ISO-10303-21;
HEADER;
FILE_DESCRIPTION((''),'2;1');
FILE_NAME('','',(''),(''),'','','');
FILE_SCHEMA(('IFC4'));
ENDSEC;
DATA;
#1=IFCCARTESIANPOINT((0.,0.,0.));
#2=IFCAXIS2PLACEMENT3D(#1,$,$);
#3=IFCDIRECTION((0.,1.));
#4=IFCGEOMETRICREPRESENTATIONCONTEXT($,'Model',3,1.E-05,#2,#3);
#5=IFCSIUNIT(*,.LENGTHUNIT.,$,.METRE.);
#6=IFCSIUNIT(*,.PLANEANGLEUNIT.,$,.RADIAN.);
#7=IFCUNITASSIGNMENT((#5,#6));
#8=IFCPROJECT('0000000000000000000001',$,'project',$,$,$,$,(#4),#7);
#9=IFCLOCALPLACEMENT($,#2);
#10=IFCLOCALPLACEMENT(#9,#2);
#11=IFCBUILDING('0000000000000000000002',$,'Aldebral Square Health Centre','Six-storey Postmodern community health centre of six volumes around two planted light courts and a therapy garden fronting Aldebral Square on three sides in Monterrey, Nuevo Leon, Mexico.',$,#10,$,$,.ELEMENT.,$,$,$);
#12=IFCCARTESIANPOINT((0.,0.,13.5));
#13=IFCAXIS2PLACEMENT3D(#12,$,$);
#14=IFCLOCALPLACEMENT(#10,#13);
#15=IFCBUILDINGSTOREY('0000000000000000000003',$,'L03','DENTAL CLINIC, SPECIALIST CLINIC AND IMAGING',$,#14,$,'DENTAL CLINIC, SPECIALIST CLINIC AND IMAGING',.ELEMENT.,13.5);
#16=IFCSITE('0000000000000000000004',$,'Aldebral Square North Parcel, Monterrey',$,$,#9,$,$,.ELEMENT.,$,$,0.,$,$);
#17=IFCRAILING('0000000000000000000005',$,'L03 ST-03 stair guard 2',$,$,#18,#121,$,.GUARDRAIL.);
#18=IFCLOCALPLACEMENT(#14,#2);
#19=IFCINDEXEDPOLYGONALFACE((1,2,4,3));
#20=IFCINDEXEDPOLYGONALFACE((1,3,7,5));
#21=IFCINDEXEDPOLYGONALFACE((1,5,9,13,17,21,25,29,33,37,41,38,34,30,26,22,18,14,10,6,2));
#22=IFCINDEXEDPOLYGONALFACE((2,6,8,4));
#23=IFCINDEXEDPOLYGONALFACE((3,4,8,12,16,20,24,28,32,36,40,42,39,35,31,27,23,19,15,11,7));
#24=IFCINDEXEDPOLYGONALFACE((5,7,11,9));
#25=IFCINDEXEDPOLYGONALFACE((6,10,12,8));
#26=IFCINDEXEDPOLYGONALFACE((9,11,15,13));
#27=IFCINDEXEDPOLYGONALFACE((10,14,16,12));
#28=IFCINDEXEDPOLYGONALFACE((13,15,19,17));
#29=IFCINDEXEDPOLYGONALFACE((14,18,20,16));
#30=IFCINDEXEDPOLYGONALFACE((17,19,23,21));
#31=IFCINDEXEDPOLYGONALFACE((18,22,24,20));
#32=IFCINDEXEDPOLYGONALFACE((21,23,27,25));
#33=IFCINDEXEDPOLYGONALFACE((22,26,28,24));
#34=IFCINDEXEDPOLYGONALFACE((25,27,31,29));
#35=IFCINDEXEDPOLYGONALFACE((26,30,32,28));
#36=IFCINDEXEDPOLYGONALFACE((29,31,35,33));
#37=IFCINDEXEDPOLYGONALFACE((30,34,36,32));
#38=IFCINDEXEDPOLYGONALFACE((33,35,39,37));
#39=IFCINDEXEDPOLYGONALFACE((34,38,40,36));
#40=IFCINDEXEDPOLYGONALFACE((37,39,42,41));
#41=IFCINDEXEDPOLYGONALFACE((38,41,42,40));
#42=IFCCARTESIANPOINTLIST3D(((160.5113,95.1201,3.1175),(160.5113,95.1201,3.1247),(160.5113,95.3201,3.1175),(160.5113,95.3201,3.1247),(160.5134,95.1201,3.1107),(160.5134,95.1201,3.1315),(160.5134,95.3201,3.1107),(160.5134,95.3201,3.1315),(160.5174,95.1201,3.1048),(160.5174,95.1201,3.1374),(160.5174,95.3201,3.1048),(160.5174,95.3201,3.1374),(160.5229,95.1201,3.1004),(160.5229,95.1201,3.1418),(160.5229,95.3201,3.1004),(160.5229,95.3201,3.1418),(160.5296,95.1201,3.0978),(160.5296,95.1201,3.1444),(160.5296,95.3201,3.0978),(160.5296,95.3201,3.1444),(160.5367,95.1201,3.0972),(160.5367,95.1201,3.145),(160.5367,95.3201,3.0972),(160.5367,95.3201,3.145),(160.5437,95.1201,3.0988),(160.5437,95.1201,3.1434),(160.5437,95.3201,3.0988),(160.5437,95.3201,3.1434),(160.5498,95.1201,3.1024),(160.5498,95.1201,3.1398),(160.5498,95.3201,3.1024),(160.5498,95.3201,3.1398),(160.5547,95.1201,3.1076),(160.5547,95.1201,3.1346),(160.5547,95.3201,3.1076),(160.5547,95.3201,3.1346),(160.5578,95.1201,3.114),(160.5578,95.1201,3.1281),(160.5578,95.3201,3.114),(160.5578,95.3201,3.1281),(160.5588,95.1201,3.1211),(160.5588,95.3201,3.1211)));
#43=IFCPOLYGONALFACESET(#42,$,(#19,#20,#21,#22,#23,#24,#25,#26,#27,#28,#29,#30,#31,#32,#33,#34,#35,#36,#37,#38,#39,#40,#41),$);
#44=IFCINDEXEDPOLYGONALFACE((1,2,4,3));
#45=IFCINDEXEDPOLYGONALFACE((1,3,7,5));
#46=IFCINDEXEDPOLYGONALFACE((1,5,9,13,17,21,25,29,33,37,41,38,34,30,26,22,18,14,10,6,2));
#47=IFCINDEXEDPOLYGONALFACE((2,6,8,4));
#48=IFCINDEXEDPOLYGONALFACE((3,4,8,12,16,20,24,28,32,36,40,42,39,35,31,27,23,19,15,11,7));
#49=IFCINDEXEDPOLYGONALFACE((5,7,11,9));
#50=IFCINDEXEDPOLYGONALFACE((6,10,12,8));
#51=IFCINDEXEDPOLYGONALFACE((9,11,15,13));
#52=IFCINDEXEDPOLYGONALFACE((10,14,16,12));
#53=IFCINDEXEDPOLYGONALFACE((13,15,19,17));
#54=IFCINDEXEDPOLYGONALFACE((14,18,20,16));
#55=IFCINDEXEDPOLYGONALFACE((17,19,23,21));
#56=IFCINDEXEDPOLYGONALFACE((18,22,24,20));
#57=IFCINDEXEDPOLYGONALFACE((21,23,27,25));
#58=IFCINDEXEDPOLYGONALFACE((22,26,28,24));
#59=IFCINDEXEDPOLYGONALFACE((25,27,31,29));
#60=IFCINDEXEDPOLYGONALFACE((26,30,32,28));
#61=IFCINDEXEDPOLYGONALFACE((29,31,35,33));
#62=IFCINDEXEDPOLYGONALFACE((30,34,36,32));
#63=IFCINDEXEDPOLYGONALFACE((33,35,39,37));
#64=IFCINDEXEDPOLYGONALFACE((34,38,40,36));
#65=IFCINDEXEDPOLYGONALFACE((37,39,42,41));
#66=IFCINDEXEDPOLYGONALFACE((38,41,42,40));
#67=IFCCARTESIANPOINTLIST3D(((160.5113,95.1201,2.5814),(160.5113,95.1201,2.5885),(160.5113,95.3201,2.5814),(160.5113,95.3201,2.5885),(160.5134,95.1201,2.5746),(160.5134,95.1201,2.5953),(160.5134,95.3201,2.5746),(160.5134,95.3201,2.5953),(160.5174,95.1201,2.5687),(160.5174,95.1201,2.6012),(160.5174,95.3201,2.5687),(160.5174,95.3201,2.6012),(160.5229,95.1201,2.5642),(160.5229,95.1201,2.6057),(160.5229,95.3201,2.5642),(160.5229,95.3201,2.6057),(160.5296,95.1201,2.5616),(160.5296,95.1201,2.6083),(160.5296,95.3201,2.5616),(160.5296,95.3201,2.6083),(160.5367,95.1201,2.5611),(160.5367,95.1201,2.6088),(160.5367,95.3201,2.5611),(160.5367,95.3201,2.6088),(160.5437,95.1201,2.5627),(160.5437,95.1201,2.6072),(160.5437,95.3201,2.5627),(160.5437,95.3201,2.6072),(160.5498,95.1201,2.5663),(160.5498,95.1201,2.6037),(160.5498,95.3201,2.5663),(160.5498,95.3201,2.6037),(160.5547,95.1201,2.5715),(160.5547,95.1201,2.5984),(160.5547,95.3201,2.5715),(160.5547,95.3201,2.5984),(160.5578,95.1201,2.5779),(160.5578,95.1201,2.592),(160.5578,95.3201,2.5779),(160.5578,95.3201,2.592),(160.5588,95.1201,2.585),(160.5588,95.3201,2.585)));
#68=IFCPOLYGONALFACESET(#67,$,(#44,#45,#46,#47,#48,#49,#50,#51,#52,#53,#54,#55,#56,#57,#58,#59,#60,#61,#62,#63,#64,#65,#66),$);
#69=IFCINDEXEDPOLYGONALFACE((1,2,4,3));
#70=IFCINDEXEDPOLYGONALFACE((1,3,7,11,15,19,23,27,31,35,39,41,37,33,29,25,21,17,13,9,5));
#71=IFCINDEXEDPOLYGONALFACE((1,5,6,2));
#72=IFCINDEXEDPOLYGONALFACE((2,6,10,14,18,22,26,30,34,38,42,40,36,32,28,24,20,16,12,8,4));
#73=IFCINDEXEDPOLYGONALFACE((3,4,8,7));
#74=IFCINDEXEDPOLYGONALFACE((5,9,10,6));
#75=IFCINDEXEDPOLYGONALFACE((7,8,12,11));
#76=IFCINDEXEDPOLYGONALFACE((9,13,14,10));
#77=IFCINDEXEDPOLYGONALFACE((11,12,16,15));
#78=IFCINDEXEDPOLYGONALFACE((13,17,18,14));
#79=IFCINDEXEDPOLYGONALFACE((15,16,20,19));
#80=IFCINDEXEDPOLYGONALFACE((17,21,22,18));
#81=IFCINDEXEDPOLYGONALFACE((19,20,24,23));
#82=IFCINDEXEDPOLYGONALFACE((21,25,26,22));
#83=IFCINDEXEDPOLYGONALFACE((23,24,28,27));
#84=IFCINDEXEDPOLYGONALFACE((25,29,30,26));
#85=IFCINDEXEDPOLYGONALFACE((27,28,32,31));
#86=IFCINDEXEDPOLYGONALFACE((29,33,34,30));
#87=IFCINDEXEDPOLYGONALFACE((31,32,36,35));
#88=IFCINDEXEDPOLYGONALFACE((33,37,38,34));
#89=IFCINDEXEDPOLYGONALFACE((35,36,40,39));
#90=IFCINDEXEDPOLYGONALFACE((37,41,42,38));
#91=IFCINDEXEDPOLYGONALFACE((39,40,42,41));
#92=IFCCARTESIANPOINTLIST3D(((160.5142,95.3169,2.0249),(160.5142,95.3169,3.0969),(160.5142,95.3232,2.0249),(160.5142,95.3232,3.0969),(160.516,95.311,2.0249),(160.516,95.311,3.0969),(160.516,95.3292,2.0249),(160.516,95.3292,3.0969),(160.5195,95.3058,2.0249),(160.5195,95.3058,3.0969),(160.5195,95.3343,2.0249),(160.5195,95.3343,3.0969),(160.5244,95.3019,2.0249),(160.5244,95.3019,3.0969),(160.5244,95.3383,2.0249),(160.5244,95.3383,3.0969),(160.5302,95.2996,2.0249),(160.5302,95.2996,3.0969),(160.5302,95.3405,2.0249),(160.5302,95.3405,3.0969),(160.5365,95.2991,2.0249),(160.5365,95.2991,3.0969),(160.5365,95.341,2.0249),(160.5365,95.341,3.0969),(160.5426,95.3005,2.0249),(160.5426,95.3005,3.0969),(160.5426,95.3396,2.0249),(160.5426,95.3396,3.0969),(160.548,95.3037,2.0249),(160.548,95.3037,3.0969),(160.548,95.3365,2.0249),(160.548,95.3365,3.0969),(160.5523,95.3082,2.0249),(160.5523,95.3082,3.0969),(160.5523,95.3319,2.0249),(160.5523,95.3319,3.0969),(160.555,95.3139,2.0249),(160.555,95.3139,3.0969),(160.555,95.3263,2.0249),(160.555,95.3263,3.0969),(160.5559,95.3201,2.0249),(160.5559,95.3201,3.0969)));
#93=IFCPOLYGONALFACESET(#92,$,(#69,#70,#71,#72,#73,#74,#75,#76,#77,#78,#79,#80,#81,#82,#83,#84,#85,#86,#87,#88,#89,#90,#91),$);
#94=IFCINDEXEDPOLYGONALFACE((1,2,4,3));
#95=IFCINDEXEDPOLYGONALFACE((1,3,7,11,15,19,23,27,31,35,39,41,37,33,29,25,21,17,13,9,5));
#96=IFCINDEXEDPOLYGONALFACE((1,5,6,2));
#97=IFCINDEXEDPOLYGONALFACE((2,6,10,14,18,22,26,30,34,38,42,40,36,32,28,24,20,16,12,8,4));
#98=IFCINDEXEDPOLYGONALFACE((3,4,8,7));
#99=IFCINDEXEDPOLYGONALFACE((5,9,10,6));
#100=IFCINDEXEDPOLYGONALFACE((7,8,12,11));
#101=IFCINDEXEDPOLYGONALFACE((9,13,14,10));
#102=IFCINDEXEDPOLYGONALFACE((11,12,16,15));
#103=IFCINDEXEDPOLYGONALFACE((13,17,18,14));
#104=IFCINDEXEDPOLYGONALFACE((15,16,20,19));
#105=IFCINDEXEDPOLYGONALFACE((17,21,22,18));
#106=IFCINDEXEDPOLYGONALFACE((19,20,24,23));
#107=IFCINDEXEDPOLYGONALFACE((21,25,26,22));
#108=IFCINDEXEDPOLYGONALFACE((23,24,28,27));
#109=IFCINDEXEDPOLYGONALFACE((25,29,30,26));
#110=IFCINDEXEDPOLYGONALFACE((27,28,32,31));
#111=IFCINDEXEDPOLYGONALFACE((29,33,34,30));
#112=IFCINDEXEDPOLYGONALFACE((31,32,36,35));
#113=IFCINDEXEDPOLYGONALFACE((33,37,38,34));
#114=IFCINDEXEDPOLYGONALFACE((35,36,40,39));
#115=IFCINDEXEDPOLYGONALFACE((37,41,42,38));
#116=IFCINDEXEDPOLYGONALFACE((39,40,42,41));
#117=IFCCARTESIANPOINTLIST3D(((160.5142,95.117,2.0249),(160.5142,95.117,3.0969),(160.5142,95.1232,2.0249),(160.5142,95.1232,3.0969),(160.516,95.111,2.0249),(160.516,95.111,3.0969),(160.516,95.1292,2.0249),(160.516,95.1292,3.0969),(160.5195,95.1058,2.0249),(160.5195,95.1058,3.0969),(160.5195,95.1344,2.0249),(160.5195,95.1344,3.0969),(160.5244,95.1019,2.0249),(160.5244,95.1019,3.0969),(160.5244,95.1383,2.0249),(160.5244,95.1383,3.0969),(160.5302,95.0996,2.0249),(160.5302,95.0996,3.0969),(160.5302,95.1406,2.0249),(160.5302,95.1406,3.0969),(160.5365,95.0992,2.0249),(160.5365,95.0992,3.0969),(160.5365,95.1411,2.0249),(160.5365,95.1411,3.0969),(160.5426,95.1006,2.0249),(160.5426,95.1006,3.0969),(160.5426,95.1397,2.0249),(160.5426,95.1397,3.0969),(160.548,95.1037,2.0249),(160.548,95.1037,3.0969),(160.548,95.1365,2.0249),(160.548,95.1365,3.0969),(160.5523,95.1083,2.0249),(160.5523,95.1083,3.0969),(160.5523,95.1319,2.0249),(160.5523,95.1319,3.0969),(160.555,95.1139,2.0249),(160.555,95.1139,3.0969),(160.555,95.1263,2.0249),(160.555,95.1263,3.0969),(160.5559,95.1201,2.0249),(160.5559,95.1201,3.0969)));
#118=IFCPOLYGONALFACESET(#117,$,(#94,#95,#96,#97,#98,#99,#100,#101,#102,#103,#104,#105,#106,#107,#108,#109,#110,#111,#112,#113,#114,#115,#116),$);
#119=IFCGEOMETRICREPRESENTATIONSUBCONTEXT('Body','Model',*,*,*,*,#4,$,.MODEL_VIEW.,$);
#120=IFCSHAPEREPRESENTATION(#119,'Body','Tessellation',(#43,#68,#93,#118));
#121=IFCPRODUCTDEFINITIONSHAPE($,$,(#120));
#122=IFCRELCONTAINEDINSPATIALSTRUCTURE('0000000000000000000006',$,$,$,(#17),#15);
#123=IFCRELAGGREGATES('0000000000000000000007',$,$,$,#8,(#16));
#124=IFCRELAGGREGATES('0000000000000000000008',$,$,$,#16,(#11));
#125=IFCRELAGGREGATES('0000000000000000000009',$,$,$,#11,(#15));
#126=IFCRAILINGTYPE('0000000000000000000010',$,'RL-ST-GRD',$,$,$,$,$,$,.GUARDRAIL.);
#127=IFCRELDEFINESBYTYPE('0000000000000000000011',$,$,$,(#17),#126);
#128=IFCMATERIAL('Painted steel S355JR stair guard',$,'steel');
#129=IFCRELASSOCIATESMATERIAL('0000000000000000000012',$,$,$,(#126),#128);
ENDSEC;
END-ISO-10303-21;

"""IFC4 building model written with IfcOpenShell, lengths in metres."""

from ifc_helpers import new_model, si_unit, direction, frame, origin, origin_2d, place, context, subcontext, project, spatial, circle, extrude, material, type_object, element, save


model = new_model("IFC4")

# Units and contexts
model_context = context("Model", 3, precision=1e-05, world=origin(), true_north=direction((0.0, 1.0)))
body_context = subcontext(model_context, "Body", "Model", "MODEL_VIEW")
ifc_project = project(units=[si_unit("LENGTHUNIT", "METRE"), si_unit("PLANEANGLEUNIT", "RADIAN")], contexts=[model_context])

# Site, building, storey
site_placement = place(None, origin())
site = spatial("IfcSite", under=ifc_project, at=site_placement, Name="Aldebral Square North Parcel, Monterrey", CompositionType="ELEMENT", RefElevation=0.0)
building_placement = place(site_placement, origin())
building = spatial("IfcBuilding", under=site, at=building_placement, Name="Aldebral Square Health Centre", Description="Six-storey Postmodern community health centre of six volumes around two planted light courts and a therapy garden fronting Aldebral Square on three sides in Monterrey, Nuevo Leon, Mexico.", CompositionType="ELEMENT")
storey_placement = place(building_placement, frame((0.0, 0.0, 13.5)))
storey = spatial("IfcBuildingStorey", under=building, at=storey_placement, Name="L03", Description="DENTAL CLINIC, SPECIALIST CLINIC AND IMAGING", LongName="DENTAL CLINIC, SPECIALIST CLINIC AND IMAGING", CompositionType="ELEMENT", Elevation=13.5)

# Railing
ifc_material_1 = material(Name="Painted steel S355JR stair guard", Category="steel")
railing_type_1 = type_object("IfcRailingType", Name="RL-ST-GRD", PredefinedType="GUARDRAIL", material=ifc_material_1)
railing_1_placement = place(storey_placement, frame((160.5349, 95.3201, 2.0249)))
element("IfcRailing", 1, at=railing_1_placement, inside=storey, type_object=railing_type_1, Name="L03 ST-03 stair guard 2", PredefinedType="GUARDRAIL", context=body_context, shape_type="SweptSolid", body=[
    extrude(circle(Radius=0.0239, at=origin_2d()), frame((0.0, 0.0, 1.0962), z_axis=(0.0, -1.0, 0.0), x_axis=(1.0, 0.0, 0.0)), (0.0, 0.0, 1.0), 0.2),
    extrude(circle(Radius=0.0239, at=origin_2d()), frame((0.0, 0.0, 0.5601), z_axis=(0.0, -1.0, 0.0), x_axis=(1.0, 0.0, 0.0)), (0.0, 0.0, 1.0), 0.2),
    extrude(circle(Radius=0.021, at=origin_2d()), origin(), (0.0, 0.0, 1.0), 1.072),
    extrude(circle(Radius=0.021, at=origin_2d()), frame((0.0, -0.2, 0.0)), (0.0, 0.0, 1.0), 1.072),
])

save(model, "model.ifc")
